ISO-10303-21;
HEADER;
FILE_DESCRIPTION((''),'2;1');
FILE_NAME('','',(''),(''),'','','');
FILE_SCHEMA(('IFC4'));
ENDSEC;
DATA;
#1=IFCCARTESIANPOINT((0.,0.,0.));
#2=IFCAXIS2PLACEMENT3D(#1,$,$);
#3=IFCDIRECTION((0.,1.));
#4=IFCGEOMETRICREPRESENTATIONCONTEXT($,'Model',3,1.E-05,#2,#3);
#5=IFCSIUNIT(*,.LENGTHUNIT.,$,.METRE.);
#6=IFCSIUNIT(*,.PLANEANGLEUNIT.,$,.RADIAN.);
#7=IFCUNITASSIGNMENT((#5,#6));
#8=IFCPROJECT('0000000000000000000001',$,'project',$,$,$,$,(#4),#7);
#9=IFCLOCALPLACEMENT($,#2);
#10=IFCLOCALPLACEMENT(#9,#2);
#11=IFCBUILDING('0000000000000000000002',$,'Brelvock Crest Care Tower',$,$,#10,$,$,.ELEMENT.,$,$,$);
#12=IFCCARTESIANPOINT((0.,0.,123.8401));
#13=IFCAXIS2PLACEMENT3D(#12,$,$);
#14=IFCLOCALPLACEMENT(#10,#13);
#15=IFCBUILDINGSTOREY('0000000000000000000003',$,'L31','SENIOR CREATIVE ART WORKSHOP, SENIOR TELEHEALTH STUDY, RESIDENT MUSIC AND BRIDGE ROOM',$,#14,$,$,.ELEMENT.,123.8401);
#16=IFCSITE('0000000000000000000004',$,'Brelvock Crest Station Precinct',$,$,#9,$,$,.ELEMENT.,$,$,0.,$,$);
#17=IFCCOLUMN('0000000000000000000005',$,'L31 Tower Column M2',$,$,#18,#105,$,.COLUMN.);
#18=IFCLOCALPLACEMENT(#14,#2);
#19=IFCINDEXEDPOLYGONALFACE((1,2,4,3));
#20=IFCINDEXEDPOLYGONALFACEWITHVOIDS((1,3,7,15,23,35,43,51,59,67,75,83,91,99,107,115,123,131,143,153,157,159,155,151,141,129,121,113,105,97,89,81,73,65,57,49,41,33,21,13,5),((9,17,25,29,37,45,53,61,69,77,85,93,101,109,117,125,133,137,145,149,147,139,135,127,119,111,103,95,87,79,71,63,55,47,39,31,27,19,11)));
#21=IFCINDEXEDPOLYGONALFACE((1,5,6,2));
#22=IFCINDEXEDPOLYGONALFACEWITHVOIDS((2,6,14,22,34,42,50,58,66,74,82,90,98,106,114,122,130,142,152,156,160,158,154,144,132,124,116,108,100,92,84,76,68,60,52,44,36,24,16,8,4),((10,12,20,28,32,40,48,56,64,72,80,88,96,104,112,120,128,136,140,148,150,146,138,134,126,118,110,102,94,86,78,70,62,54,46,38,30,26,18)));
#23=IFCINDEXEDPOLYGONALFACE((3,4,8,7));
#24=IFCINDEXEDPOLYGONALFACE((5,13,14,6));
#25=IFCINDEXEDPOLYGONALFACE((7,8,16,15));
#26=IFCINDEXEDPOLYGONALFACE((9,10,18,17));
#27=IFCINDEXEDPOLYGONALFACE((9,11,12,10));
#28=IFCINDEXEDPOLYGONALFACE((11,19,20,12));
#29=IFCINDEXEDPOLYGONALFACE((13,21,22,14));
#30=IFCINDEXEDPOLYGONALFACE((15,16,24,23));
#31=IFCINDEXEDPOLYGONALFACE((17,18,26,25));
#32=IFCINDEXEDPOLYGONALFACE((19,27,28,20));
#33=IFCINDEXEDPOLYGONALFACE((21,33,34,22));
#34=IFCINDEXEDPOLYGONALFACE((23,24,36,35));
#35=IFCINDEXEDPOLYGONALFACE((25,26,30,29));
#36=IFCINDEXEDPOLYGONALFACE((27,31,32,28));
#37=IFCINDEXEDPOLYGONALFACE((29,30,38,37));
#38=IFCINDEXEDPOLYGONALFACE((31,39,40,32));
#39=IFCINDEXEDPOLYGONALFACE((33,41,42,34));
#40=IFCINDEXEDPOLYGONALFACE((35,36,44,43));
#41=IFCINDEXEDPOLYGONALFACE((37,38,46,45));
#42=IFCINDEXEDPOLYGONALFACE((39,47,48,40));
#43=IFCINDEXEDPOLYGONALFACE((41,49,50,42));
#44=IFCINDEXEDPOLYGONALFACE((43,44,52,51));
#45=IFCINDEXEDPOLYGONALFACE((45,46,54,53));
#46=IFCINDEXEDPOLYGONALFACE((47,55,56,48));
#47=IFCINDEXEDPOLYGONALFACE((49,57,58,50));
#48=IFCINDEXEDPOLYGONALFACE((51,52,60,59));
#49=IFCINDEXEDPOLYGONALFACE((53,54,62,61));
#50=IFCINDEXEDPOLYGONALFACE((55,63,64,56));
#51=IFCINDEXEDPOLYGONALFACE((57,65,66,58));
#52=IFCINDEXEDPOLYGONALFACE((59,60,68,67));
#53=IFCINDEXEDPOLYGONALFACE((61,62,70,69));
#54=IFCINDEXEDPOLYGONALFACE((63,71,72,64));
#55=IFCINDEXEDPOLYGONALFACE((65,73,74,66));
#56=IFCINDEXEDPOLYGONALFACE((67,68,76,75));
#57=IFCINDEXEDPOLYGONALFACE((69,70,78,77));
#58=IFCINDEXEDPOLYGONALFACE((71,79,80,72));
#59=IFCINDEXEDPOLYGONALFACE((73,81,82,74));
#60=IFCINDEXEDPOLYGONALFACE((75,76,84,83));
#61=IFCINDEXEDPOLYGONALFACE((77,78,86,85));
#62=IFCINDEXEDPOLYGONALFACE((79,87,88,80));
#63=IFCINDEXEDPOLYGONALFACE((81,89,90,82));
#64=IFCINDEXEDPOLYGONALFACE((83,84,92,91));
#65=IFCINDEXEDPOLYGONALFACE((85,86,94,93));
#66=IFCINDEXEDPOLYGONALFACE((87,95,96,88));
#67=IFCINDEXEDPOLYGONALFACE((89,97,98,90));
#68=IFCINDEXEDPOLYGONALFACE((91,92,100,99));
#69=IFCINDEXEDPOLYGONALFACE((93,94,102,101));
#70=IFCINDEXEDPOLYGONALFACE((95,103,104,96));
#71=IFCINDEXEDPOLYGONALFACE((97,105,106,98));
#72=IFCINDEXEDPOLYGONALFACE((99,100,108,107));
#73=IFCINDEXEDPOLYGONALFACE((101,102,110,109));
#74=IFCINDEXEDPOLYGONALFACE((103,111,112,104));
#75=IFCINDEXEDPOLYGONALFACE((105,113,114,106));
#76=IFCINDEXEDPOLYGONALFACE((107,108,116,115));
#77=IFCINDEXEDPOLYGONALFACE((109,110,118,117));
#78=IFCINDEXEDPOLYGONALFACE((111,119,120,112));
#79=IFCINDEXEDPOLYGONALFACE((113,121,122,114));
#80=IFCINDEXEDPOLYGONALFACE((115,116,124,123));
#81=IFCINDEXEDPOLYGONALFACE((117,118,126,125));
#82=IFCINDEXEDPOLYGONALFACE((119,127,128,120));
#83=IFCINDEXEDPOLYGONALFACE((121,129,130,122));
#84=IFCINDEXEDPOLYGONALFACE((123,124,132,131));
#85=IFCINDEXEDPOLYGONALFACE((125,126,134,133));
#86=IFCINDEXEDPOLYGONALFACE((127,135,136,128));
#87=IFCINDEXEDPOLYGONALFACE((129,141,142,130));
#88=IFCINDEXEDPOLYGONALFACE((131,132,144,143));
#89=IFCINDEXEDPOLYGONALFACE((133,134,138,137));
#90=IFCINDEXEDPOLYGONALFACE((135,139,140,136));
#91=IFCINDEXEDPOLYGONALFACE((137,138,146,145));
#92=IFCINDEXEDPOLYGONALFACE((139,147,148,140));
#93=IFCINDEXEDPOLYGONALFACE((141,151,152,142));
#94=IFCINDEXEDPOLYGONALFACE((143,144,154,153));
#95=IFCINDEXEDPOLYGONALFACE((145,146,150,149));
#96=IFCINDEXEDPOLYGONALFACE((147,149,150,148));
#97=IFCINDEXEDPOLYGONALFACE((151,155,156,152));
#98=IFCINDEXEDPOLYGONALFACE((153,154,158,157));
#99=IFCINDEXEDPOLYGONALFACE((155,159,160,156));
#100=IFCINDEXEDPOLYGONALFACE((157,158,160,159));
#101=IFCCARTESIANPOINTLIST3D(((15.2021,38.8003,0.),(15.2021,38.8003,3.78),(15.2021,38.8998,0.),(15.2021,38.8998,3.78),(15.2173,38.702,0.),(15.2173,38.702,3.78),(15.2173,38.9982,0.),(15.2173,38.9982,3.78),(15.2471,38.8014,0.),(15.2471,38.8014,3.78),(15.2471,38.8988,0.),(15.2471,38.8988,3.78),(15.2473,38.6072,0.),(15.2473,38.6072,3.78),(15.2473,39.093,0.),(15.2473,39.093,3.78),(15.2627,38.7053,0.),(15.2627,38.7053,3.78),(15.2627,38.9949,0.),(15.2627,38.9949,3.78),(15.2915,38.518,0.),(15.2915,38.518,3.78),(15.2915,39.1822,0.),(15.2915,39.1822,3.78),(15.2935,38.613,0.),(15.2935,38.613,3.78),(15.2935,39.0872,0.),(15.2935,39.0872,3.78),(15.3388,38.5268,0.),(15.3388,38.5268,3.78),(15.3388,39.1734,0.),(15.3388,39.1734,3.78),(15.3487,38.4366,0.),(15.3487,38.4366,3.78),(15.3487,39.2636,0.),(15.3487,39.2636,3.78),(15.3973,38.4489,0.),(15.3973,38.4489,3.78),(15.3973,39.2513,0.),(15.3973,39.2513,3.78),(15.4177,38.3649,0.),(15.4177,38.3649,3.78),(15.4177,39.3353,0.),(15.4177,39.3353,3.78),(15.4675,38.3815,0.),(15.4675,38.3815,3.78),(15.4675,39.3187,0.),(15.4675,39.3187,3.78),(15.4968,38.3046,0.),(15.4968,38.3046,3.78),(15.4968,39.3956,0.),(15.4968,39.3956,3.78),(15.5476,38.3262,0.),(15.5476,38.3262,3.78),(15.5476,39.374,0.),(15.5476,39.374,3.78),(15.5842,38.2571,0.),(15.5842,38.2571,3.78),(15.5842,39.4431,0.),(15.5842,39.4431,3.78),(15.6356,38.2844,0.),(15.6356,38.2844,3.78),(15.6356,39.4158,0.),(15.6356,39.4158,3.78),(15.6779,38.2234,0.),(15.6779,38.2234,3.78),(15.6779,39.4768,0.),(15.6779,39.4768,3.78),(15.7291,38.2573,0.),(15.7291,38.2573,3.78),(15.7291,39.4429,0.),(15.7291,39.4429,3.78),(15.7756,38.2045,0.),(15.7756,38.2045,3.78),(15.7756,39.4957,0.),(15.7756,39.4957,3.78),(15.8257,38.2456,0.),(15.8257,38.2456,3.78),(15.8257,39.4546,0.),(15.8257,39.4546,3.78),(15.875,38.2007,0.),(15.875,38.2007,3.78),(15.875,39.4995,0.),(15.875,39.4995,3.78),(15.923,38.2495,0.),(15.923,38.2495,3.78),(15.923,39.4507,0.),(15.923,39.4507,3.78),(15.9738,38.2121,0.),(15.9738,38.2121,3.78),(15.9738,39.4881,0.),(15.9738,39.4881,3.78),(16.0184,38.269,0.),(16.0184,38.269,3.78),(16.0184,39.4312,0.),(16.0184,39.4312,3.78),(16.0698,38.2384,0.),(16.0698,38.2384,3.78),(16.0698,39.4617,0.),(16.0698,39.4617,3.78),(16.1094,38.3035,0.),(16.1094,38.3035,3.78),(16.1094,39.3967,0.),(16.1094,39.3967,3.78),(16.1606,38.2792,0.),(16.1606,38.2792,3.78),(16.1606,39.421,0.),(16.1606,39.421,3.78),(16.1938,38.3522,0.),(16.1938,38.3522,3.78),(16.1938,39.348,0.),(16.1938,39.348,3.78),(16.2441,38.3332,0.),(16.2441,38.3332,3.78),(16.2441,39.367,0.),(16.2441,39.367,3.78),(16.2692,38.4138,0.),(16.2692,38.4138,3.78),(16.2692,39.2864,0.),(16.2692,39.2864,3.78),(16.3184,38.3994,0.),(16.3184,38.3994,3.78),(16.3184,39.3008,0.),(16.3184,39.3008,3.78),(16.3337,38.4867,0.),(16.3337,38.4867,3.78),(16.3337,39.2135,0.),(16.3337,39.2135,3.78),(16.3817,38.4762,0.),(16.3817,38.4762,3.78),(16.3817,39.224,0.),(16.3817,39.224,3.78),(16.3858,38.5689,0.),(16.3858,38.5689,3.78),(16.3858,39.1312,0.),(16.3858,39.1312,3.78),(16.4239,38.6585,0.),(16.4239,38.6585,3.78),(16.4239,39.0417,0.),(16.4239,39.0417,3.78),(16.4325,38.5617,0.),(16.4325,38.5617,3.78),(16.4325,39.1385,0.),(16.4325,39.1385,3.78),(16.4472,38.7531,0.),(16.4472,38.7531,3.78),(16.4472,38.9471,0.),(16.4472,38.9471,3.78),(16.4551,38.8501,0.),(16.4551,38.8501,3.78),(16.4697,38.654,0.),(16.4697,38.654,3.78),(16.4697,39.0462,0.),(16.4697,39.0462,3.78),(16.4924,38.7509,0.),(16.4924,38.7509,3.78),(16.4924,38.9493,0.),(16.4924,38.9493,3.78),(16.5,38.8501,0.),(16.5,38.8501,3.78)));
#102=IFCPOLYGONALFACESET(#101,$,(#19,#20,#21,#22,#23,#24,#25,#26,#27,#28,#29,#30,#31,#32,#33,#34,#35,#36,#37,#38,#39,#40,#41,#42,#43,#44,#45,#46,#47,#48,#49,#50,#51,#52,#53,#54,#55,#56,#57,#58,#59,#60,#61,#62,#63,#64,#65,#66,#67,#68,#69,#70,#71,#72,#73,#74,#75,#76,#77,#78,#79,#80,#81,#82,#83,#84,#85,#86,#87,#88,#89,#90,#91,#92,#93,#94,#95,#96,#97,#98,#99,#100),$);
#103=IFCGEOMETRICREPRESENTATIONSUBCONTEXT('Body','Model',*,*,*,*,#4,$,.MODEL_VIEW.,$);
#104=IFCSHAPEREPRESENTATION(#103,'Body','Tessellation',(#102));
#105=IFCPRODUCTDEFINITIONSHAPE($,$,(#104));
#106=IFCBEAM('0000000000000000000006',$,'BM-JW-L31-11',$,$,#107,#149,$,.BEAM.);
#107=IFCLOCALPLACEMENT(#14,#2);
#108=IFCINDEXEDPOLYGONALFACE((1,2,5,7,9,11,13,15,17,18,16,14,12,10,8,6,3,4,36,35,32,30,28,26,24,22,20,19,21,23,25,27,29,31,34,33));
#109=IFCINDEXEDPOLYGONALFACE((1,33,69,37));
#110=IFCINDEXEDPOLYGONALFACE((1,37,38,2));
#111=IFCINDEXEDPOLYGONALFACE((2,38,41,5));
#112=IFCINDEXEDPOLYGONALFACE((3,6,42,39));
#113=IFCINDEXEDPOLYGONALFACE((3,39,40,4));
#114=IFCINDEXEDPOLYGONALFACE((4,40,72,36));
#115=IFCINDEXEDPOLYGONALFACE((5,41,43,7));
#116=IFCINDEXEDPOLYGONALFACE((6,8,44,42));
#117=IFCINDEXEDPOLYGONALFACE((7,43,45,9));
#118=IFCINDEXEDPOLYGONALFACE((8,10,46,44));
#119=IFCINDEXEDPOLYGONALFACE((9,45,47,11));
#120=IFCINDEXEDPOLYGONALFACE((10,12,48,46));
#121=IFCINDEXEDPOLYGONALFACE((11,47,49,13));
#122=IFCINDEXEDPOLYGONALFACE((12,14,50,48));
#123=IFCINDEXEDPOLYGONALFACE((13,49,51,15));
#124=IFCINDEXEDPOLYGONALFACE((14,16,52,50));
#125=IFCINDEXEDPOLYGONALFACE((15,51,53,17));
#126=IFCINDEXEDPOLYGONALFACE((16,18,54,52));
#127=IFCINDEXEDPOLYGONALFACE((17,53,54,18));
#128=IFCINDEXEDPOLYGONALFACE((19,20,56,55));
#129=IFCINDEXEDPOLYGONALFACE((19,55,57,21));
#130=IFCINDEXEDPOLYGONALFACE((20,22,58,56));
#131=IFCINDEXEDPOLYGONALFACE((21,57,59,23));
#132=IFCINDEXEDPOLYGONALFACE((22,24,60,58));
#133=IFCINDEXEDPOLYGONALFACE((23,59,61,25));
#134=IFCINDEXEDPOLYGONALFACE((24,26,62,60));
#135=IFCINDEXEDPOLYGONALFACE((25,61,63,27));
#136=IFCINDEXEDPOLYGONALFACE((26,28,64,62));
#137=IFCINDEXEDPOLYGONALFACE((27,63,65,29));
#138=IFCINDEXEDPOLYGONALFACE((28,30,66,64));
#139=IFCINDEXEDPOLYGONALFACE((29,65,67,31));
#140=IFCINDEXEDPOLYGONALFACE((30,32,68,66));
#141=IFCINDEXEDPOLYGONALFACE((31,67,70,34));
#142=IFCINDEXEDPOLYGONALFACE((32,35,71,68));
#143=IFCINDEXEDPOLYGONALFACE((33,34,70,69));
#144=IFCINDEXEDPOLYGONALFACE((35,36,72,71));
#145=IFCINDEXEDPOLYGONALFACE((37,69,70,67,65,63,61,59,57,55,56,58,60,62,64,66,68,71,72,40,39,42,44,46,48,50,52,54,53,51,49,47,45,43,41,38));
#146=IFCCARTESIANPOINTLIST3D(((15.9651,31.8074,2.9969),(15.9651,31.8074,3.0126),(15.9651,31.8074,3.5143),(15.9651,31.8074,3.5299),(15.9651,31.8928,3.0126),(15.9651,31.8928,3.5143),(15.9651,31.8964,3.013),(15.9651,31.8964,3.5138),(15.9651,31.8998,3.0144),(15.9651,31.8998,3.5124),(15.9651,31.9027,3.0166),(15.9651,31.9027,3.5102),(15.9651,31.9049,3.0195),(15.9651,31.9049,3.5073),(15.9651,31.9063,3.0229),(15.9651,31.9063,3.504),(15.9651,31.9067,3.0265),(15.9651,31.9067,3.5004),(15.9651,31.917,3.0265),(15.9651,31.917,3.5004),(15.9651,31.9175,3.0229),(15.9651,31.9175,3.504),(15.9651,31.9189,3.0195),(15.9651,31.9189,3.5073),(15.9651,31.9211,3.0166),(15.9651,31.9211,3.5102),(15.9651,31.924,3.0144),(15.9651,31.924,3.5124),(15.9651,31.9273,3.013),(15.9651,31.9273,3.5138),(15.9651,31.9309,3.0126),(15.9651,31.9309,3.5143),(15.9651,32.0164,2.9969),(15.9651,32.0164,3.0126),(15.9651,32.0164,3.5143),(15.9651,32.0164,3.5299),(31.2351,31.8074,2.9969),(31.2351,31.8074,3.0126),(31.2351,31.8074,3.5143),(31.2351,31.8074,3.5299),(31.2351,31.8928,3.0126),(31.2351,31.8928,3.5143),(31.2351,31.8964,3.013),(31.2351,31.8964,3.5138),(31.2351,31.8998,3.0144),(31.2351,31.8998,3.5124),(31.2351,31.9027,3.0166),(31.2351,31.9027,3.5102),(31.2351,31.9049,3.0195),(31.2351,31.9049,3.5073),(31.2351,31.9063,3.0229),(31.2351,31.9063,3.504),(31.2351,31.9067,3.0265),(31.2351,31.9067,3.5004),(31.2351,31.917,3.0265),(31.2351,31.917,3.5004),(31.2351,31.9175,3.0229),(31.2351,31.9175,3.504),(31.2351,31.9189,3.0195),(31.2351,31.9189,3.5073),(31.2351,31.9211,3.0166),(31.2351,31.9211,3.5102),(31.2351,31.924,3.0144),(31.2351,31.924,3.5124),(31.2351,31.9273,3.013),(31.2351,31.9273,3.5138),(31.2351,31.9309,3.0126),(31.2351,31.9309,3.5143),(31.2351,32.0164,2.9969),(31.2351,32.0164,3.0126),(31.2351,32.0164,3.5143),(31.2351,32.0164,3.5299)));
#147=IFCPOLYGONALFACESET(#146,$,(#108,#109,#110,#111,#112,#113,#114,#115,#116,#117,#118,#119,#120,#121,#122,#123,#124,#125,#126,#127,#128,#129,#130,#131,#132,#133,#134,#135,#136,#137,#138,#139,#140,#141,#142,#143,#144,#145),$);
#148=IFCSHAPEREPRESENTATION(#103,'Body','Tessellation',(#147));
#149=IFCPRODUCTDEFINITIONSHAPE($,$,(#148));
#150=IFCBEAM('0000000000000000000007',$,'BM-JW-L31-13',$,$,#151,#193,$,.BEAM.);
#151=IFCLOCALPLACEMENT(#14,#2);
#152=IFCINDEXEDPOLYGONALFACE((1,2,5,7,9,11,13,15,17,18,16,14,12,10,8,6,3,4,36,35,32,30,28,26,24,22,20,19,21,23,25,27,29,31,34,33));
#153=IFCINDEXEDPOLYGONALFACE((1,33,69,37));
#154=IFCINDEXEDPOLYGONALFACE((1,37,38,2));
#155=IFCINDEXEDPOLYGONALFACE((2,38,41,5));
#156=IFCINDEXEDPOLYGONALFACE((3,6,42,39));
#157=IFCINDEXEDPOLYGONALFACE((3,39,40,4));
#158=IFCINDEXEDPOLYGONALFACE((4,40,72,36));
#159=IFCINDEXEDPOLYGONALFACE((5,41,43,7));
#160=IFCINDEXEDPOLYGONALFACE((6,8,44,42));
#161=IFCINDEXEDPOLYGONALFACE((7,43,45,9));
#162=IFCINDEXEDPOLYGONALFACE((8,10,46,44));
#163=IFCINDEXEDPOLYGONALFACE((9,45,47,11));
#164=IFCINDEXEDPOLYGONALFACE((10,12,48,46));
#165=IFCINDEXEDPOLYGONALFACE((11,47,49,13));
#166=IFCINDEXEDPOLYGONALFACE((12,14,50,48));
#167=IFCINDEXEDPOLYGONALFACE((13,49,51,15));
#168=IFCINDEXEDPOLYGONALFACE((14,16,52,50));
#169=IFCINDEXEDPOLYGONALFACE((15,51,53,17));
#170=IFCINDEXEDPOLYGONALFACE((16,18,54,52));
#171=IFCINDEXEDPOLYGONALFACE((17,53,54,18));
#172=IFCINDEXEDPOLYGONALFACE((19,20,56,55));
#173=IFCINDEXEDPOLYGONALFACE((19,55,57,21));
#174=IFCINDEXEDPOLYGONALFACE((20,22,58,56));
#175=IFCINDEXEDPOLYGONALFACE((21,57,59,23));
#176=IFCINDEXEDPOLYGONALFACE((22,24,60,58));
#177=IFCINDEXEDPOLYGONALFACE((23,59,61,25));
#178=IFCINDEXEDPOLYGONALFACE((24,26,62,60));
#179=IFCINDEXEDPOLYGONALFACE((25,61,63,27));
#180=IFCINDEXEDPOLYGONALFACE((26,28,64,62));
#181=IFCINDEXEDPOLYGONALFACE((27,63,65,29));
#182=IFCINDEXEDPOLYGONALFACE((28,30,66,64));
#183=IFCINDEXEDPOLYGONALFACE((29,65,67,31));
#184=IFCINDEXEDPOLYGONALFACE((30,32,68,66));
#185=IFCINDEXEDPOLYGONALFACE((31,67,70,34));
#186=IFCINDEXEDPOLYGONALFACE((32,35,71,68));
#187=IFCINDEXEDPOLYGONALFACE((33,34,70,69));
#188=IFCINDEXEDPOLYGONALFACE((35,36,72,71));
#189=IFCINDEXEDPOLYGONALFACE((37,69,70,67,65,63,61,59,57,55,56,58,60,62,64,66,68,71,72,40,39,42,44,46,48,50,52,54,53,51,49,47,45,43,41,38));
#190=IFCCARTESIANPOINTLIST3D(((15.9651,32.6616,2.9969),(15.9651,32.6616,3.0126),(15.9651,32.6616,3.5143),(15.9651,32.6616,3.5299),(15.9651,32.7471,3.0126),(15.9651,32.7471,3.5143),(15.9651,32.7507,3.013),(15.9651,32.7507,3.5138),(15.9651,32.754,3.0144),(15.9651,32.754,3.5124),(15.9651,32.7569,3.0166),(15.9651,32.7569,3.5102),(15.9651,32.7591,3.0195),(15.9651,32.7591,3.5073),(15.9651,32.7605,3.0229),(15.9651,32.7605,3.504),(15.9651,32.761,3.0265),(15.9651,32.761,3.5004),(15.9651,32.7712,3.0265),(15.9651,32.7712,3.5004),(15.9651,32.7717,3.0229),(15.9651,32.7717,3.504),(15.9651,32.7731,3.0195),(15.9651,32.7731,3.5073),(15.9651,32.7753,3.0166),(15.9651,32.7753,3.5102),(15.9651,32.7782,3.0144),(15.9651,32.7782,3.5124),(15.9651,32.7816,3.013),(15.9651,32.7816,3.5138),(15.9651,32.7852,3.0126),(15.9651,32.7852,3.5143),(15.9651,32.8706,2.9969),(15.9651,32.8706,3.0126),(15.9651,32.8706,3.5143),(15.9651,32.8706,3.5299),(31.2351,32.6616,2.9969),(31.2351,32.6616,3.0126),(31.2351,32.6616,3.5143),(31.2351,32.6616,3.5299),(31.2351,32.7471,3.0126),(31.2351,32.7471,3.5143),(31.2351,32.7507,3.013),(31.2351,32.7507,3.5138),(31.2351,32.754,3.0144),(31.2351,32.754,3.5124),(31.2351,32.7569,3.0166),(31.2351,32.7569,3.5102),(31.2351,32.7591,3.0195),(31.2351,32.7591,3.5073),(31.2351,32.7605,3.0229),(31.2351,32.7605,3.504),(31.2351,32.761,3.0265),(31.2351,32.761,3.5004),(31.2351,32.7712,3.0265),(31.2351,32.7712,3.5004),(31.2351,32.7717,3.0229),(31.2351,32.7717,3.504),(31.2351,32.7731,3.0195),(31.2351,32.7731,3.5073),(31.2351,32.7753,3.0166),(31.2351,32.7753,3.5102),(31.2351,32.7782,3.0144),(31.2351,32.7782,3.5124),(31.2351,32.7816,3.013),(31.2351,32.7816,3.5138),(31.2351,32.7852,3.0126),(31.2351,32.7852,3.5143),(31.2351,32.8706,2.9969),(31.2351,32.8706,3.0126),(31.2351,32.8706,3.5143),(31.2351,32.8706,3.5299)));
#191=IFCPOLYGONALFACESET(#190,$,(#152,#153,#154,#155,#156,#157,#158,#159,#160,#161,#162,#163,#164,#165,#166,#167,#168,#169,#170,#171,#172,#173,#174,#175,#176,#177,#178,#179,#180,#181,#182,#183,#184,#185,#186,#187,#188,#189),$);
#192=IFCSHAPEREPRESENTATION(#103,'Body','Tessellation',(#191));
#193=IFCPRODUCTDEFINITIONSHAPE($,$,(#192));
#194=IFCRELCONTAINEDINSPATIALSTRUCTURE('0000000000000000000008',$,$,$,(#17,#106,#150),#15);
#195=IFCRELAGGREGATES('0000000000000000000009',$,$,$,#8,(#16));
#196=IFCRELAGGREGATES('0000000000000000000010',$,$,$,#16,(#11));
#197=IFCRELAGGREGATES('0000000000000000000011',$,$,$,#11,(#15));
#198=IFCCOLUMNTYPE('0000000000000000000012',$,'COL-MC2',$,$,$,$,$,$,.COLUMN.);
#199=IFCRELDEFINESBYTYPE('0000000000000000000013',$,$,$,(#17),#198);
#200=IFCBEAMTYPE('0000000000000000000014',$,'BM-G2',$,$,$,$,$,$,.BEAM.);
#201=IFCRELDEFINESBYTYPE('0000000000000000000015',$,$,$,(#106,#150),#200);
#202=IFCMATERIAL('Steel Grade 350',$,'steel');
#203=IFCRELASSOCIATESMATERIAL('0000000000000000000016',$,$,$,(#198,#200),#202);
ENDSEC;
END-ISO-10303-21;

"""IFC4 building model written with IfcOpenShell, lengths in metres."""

from ifc_helpers import new_model, si_unit, direction, frame, origin, origin_2d, place, context, subcontext, project, spatial, hollow_circle, i_section, extrude, source, transform, mapped, material, material_profile, profile_set, type_object, element, save


model = new_model("IFC4")

# Units and contexts
model_context = context("Model", 3, precision=1e-05, world=origin(), true_north=direction((0.0, 1.0)))
body_context = subcontext(model_context, "Body", "Model", "MODEL_VIEW")
ifc_project = project(units=[si_unit("LENGTHUNIT", "METRE"), si_unit("PLANEANGLEUNIT", "RADIAN")], contexts=[model_context])

# Site, building, storey
site_placement = place(None, origin())
site = spatial("IfcSite", under=ifc_project, at=site_placement, Name="Brelvock Crest Station Precinct", CompositionType="ELEMENT", RefElevation=0.0)
building_placement = place(site_placement, origin())
building = spatial("IfcBuilding", under=site, at=building_placement, Name="Brelvock Crest Care Tower", CompositionType="ELEMENT")
storey_placement = place(building_placement, frame((0.0, 0.0, 123.8401)))
storey = spatial("IfcBuildingStorey", under=building, at=storey_placement, Name="L31", Description="SENIOR CREATIVE ART WORKSHOP, SENIOR TELEHEALTH STUDY, RESIDENT MUSIC AND BRIDGE ROOM", CompositionType="ELEMENT", Elevation=123.8401)

# Column
ifc_material_1 = material(Name="Steel Grade 350", Category="steel")
ifc_material_profile_1 = material_profile(ifc_material_1, hollow_circle(Radius=0.6499, WallThickness=0.0449, at=origin_2d()), Name="CFT1300x45")
ifc_profile_set_1 = profile_set([ifc_material_profile_1], Name="Steel Grade 350")
column_type = type_object("IfcColumnType", Name="COL-MC2", PredefinedType="COLUMN", material=ifc_profile_set_1)
shared_shape_1 = source(origin(), body_context, "Body", "SweptSolid", [
    extrude(hollow_circle(Radius=0.6499, WallThickness=0.0449, at=origin_2d()), origin(), (0.0, 0.0, 1.0), 3.78),
])
column_placement = place(storey_placement, frame((15.8501, 38.8501, 0.0), z_axis=(0.0, 0.0, 1.0), x_axis=(1.0, 0.0, 0.0)))
element("IfcColumn", 1, at=column_placement, inside=storey, type_object=column_type, Name="L31 Tower Column M2", PredefinedType="COLUMN", context=body_context, shape_type="MappedRepresentation", body=[
    mapped(shared_shape_1, transform((0.0, 0.0, 0.0), x_axis=(1.0, 0.0, 0.0), y_axis=(0.0, 1.0, 0.0), z_axis=(0.0, 0.0, 1.0), scale=1.0)),
])

# Beams
ifc_material_profile_2 = material_profile(ifc_material_1, i_section(OverallWidth=0.209, OverallDepth=0.533, WebThickness=0.0103, FlangeThickness=0.0156, FilletRadius=0.0139, at=origin_2d()), Name="530UB92.4")
ifc_profile_set_2 = profile_set([ifc_material_profile_2], Name="Steel Grade 350")
beam_type_1 = type_object("IfcBeamType", Name="BM-G2", PredefinedType="BEAM", material=ifc_profile_set_2)
shared_shape_2 = source(origin(), body_context, "Body", "SweptSolid", [
    extrude(i_section(OverallWidth=0.209, OverallDepth=0.533, WebThickness=0.0103, FlangeThickness=0.0156, FilletRadius=0.0139, at=origin_2d()), origin(), (0.0, 0.0, 1.0), 15.27),
])
for number, where, z_axis, x_axis, name in (
    (2, (15.9651, 31.9119, 3.2634), (1.0, 0.0, 0.0), (0.0, 1.0, 0.0), "BM-JW-L31-11"),
    (3, (15.9651, 32.7661, 3.2634), (1.0, 0.0, 0.0), (0.0, 1.0, 0.0), "BM-JW-L31-13"),
):
    element("IfcBeam", number, at=place(storey_placement, frame(where, z_axis=z_axis, x_axis=x_axis)), inside=storey, type_object=beam_type_1, Name=name, PredefinedType="BEAM", context=body_context, shape_type="MappedRepresentation", body=[
        mapped(shared_shape_2, transform((0.0, 0.0, 0.0), x_axis=(1.0, 0.0, 0.0), y_axis=(0.0, 1.0, 0.0), z_axis=(0.0, 0.0, 1.0), scale=1.0)),
    ])

save(model, "model.ifc")
